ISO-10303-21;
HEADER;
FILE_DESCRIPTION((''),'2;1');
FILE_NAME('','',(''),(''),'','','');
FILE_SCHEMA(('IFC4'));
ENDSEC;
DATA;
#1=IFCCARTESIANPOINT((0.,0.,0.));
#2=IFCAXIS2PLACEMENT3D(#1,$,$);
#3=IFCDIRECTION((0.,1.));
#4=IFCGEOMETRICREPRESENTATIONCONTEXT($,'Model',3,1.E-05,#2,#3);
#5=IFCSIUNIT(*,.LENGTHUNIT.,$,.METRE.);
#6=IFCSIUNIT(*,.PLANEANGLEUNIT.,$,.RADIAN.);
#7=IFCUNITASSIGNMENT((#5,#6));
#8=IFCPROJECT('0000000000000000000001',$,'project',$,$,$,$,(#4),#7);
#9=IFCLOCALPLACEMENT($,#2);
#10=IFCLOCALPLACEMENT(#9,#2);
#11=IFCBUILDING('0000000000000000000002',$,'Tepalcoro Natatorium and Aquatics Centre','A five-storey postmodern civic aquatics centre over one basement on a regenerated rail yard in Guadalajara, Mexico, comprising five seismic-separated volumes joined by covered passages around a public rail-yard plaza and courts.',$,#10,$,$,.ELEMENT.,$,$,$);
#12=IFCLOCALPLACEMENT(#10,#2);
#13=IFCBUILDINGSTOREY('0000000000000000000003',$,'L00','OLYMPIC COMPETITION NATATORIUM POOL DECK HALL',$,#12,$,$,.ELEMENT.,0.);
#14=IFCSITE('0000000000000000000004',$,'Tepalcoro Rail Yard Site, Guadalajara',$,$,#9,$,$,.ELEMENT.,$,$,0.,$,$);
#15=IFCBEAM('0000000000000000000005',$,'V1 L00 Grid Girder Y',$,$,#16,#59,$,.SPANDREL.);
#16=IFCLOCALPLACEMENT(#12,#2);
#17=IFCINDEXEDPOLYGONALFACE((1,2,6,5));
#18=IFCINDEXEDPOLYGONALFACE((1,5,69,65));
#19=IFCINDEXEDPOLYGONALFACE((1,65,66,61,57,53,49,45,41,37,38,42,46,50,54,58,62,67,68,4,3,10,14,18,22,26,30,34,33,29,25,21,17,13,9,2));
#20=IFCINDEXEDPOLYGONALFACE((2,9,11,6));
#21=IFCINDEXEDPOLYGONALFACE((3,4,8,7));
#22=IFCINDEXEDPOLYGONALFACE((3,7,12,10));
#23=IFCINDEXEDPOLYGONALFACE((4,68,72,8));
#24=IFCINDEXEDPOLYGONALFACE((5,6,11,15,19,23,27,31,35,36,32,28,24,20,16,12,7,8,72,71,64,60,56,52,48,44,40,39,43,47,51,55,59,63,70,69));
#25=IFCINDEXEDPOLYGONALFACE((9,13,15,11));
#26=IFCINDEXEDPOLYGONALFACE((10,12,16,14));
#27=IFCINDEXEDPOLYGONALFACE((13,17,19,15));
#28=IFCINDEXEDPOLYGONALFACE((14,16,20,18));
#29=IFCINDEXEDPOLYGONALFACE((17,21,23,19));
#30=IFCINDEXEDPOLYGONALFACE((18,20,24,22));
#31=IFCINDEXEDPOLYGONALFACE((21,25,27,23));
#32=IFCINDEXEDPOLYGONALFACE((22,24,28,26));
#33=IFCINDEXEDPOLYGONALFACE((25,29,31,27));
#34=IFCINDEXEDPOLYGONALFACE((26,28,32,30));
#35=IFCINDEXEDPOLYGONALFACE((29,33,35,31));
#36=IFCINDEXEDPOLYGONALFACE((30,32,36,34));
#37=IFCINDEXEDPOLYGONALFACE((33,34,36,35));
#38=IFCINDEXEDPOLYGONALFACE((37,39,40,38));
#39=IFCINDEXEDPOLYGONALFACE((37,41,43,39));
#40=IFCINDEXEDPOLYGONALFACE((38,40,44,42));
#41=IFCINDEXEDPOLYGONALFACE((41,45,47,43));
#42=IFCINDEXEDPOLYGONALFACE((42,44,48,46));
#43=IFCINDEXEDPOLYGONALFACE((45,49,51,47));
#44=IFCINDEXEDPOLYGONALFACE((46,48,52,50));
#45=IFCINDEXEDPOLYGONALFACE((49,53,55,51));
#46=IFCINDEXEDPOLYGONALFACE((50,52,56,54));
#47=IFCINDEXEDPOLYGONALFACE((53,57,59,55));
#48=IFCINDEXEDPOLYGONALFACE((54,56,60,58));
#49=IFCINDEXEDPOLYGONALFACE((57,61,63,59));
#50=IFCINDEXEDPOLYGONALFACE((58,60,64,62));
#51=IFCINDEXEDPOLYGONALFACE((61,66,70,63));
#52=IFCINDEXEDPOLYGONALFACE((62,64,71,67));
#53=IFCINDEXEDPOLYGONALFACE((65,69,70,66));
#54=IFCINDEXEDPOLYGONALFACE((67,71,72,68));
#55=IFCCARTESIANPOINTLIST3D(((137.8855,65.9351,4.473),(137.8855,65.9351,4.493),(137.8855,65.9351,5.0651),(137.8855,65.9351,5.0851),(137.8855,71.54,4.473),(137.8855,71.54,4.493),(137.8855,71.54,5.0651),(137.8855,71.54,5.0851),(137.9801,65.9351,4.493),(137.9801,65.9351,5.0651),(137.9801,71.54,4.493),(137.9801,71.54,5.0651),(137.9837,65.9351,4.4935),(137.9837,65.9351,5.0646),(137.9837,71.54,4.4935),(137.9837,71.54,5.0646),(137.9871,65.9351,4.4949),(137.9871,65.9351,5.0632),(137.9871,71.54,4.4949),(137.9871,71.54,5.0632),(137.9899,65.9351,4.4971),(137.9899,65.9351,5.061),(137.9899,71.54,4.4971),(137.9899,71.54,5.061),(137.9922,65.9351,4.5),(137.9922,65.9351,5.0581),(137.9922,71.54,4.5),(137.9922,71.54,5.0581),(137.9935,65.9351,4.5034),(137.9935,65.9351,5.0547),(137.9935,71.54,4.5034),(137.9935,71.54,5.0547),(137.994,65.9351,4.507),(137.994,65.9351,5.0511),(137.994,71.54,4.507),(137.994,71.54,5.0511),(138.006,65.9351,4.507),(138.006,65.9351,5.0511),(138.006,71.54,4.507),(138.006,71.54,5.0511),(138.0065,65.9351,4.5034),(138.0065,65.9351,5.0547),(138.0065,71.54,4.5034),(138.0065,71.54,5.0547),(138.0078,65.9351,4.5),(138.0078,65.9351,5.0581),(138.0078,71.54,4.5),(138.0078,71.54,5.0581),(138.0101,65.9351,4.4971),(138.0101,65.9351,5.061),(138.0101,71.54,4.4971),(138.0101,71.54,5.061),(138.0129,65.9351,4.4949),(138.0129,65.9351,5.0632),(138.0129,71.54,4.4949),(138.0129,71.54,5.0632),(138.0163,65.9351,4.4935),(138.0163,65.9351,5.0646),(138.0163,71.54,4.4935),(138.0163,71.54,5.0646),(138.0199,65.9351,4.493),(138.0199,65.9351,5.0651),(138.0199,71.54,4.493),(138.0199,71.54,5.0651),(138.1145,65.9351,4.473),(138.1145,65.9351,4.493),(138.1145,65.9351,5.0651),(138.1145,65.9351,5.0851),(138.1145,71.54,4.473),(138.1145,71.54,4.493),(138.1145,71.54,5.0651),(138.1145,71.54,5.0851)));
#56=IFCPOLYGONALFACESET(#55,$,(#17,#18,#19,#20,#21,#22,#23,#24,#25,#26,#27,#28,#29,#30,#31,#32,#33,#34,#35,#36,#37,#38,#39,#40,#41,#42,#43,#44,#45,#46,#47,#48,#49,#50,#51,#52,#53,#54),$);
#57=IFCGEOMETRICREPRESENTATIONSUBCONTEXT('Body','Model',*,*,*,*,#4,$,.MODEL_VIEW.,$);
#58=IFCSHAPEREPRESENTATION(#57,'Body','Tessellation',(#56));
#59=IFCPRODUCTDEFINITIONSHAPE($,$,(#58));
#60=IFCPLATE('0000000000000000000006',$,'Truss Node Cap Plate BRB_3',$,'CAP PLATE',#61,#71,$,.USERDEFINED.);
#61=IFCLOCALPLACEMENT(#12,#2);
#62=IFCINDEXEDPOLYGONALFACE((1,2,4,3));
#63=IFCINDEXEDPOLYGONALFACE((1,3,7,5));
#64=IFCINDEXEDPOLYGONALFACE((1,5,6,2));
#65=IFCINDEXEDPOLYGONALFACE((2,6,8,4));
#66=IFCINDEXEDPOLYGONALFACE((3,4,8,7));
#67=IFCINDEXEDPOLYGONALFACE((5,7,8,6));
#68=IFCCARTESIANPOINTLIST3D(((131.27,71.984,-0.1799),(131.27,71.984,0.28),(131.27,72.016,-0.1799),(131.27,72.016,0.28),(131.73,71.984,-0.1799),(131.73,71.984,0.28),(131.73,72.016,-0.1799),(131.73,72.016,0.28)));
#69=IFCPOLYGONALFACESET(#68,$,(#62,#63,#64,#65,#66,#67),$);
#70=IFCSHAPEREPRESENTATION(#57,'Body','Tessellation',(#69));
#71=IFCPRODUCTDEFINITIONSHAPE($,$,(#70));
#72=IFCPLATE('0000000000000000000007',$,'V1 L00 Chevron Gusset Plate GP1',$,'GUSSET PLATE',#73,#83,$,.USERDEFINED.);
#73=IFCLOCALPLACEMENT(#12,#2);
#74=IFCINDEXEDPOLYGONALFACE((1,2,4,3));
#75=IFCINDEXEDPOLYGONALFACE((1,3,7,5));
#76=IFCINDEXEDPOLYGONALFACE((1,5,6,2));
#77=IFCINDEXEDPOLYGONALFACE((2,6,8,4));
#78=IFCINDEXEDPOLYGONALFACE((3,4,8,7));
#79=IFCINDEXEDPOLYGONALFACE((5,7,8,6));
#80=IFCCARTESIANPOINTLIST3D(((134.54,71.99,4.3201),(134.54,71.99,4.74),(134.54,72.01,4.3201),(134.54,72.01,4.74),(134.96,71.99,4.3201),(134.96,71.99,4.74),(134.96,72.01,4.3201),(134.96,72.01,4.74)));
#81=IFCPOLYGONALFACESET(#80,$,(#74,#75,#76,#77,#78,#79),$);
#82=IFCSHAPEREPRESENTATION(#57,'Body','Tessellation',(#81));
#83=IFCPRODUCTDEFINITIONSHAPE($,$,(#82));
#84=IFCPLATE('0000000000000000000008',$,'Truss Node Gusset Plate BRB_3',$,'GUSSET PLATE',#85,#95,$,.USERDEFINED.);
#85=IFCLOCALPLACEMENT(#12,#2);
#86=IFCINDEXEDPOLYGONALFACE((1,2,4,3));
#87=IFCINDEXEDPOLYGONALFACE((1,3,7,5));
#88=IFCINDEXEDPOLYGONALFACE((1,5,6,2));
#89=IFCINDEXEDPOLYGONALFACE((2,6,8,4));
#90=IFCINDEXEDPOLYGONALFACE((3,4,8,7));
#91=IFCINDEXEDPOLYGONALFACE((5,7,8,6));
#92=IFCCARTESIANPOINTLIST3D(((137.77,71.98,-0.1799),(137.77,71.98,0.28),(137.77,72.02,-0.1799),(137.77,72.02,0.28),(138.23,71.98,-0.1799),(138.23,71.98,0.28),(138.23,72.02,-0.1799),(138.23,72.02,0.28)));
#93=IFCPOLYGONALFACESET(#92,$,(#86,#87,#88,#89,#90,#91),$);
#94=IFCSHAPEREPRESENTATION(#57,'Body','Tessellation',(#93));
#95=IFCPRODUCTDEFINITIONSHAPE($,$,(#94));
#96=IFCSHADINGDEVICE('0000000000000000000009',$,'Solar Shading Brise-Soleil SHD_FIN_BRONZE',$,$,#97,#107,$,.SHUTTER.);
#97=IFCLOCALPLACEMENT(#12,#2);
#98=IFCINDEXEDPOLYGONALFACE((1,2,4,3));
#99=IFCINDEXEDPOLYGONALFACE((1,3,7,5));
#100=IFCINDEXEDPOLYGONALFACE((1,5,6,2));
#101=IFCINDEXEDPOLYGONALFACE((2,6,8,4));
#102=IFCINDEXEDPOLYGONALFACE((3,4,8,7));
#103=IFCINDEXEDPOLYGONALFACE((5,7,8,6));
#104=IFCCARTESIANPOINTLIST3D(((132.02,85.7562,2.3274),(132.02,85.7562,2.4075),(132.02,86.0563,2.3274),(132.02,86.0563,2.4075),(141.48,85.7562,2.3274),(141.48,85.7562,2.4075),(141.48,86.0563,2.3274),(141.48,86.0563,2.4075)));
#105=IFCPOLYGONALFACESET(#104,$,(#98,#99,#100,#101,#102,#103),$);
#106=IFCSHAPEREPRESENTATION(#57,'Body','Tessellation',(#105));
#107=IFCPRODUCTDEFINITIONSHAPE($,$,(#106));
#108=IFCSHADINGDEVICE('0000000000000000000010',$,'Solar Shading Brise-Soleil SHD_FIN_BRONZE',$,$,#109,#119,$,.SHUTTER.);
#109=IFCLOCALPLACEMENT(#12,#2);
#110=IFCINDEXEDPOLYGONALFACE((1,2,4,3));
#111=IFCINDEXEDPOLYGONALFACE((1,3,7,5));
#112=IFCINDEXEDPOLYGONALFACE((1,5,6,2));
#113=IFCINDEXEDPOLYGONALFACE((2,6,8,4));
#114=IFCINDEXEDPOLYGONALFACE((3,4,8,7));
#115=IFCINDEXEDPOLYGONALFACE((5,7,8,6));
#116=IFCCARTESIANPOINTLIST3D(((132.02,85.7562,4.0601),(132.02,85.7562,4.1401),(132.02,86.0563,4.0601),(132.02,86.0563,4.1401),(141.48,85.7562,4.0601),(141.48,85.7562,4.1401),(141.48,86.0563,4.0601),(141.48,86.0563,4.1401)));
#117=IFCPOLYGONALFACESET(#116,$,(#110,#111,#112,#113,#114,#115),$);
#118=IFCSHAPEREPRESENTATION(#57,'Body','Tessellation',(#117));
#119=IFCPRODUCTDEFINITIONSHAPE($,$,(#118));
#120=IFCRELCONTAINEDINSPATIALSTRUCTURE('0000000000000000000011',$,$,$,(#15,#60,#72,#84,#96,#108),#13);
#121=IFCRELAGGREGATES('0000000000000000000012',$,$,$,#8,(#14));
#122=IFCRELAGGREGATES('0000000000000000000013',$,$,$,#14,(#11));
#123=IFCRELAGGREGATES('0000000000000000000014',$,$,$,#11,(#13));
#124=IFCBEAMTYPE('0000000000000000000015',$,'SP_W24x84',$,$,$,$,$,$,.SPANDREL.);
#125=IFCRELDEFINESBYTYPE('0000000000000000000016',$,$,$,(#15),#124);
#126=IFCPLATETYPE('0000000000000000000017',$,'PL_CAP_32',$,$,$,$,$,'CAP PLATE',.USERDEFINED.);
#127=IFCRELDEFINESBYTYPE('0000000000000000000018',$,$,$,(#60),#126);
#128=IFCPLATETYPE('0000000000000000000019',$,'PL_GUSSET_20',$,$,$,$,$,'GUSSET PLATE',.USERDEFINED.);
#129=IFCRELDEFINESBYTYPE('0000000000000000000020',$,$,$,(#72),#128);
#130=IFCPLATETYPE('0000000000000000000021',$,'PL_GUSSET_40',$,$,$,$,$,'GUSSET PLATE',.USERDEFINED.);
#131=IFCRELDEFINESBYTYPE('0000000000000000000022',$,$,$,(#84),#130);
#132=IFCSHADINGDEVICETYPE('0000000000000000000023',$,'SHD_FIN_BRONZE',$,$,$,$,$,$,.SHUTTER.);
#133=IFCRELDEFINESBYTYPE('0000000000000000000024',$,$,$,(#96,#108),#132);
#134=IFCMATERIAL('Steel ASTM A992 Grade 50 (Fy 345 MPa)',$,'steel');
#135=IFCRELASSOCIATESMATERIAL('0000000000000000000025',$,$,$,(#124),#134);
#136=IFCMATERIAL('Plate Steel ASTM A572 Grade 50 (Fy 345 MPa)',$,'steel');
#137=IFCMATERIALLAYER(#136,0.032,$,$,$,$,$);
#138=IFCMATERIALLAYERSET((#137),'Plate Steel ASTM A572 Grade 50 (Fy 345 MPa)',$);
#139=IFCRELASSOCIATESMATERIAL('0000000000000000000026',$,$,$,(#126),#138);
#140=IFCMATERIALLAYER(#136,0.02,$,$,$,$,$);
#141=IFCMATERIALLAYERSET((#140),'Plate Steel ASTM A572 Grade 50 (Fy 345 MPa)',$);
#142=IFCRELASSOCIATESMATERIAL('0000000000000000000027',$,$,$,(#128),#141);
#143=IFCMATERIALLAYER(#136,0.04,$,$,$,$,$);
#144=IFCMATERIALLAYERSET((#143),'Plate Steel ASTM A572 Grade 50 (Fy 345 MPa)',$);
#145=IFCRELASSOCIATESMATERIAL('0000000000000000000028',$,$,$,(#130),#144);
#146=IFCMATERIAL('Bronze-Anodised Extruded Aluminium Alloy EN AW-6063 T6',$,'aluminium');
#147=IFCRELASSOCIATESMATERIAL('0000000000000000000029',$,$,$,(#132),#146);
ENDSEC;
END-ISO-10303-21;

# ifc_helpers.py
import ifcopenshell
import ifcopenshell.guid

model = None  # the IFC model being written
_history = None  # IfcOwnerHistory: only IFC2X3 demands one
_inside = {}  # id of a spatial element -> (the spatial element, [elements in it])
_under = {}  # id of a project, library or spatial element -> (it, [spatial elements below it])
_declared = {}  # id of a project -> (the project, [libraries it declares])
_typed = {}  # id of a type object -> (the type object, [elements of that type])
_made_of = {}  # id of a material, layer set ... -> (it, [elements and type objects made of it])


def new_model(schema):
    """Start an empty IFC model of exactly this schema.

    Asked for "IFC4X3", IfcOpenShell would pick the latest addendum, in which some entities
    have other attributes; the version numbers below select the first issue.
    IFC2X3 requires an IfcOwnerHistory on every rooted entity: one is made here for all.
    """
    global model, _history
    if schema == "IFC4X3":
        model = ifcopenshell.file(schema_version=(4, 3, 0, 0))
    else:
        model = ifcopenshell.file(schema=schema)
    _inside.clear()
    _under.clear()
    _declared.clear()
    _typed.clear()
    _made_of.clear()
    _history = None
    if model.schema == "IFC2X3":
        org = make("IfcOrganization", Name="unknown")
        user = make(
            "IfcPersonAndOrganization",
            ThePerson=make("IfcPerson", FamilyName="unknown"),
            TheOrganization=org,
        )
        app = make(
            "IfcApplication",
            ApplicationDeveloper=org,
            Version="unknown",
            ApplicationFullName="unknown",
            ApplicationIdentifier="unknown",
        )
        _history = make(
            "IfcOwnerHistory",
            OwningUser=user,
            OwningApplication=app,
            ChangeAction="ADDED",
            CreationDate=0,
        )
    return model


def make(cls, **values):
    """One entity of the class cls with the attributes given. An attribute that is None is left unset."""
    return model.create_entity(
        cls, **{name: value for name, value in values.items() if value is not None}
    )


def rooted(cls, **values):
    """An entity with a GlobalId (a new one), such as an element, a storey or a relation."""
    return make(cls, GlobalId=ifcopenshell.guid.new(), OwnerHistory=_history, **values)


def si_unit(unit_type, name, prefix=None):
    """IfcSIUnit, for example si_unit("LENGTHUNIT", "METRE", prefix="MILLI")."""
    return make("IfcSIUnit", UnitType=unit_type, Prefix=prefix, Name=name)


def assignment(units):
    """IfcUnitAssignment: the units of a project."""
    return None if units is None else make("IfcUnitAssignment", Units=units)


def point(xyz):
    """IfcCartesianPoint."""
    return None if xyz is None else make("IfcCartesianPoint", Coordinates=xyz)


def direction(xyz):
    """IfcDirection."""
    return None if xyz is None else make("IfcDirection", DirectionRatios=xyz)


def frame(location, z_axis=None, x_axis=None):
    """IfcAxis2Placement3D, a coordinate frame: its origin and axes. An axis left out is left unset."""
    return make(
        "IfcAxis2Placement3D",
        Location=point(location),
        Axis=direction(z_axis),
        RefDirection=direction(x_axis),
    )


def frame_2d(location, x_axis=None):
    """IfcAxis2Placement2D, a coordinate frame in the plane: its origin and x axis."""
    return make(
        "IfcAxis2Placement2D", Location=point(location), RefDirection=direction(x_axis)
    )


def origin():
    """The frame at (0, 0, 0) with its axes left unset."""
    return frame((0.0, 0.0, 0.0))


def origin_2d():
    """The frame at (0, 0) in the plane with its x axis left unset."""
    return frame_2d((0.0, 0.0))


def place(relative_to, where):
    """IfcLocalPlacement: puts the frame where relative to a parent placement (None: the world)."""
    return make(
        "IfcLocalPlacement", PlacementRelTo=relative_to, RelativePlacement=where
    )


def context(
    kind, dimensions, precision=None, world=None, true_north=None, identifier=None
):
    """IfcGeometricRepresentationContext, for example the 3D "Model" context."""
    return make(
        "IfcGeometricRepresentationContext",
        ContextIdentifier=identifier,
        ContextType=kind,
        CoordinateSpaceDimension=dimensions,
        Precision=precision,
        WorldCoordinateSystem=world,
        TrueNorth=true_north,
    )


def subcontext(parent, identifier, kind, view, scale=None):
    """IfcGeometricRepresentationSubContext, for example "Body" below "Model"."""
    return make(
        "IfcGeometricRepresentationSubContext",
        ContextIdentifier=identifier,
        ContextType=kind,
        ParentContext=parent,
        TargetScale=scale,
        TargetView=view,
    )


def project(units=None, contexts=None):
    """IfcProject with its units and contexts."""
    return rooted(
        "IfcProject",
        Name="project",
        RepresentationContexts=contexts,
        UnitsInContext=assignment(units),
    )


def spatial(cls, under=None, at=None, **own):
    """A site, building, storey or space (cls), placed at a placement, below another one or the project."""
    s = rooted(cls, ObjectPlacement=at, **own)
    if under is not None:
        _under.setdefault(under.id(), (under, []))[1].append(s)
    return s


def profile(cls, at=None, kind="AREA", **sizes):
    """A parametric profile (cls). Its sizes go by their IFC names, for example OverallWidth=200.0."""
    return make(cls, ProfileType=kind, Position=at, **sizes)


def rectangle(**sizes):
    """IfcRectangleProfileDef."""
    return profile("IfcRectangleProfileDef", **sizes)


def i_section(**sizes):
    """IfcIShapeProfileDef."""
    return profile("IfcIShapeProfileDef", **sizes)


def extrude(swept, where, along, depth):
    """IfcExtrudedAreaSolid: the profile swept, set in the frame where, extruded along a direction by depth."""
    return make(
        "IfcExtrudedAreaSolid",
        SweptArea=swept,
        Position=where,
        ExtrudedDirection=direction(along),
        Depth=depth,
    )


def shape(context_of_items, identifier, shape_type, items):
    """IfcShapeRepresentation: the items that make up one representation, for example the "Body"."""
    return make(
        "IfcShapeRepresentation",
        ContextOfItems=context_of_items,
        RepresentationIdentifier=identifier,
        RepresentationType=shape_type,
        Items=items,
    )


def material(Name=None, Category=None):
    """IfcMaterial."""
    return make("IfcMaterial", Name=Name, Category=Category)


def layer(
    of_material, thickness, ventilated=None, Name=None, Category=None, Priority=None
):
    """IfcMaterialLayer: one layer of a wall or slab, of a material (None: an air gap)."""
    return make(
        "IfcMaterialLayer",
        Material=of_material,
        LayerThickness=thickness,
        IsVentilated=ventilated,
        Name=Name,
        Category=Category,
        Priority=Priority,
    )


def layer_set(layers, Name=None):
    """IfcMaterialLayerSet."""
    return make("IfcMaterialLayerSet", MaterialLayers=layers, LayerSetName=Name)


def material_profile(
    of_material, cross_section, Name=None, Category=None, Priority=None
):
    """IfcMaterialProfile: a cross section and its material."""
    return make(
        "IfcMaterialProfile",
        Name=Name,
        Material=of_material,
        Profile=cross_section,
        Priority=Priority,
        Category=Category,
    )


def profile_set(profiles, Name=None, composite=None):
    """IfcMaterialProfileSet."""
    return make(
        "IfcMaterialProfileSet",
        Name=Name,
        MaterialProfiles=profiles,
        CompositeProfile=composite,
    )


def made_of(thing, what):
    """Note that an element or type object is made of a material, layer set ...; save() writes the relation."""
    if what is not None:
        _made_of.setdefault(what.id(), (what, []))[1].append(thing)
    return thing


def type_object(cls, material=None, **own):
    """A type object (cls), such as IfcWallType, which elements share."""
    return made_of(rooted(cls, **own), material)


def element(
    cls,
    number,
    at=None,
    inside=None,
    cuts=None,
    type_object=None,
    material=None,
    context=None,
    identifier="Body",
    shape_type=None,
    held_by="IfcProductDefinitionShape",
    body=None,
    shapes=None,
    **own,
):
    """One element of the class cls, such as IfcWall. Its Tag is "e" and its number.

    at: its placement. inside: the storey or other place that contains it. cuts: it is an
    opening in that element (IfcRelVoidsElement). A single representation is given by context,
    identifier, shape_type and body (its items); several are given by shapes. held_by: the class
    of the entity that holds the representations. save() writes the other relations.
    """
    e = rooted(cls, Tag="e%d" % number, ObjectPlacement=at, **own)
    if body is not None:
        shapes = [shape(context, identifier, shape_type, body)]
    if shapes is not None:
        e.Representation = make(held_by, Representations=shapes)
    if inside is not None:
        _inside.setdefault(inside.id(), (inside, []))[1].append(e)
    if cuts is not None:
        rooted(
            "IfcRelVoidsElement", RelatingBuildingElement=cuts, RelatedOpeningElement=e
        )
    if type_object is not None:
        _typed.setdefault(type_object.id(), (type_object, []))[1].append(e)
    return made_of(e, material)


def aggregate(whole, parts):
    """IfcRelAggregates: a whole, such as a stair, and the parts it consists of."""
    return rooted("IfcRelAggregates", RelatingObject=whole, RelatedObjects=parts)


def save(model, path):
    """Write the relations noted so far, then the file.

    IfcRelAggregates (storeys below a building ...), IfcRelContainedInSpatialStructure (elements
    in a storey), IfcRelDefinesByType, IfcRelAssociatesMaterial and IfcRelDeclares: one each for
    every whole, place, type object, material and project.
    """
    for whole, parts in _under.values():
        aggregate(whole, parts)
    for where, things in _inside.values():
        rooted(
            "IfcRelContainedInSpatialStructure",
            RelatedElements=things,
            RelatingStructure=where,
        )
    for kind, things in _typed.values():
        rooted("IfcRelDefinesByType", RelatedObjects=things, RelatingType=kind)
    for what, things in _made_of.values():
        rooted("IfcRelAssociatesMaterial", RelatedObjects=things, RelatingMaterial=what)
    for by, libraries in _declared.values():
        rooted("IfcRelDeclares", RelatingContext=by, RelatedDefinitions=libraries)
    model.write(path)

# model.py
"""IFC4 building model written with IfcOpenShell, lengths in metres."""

from ifc_helpers import new_model, si_unit, direction, frame, origin, origin_2d, place, context, subcontext, project, spatial, rectangle, i_section, extrude, material, layer, layer_set, material_profile, profile_set, type_object, element, save


model = new_model("IFC4")

# Units and contexts
model_context = context("Model", 3, precision=1e-05, world=origin(), true_north=direction((0.0, 1.0)))
body_context = subcontext(model_context, "Body", "Model", "MODEL_VIEW")
ifc_project = project(units=[si_unit("LENGTHUNIT", "METRE"), si_unit("PLANEANGLEUNIT", "RADIAN")], contexts=[model_context])

# Site, building, storey
site_placement = place(None, origin())
site = spatial("IfcSite", under=ifc_project, at=site_placement, Name="Tepalcoro Rail Yard Site, Guadalajara", CompositionType="ELEMENT", RefElevation=0.0)
building_placement = place(site_placement, origin())
building = spatial("IfcBuilding", under=site, at=building_placement, Name="Tepalcoro Natatorium and Aquatics Centre", Description="A five-storey postmodern civic aquatics centre over one basement on a regenerated rail yard in Guadalajara, Mexico, comprising five seismic-separated volumes joined by covered passages around a public rail-yard plaza and courts.", CompositionType="ELEMENT")
storey_placement = place(building_placement, origin())
storey = spatial("IfcBuildingStorey", under=building, at=storey_placement, Name="L00", Description="OLYMPIC COMPETITION NATATORIUM POOL DECK HALL", CompositionType="ELEMENT", Elevation=0.0)

# Shared definitions
ifc_material_1 = material(Name="Steel ASTM A992 Grade 50 (Fy 345 MPa)", Category="steel")

# Beam
ifc_material_profile_1 = material_profile(ifc_material_1, i_section(OverallWidth=0.229, OverallDepth=0.6121, WebThickness=0.012, FlangeThickness=0.02, FilletRadius=0.0139, at=origin_2d()), Name="W24X84")
ifc_profile_set_1 = profile_set([ifc_material_profile_1], Name="Steel ASTM A992 Grade 50 (Fy 345 MPa)")
beam_type_1 = type_object("IfcBeamType", Name="SP_W24x84", PredefinedType="SPANDREL", material=ifc_profile_set_1)
beam_1_placement = place(storey_placement, frame((138.0, 65.9351, 4.7791), z_axis=(0.0, 1.0, 0.0), x_axis=(-1.0, 0.0, 0.0)))
element("IfcBeam", 1, at=beam_1_placement, inside=storey, type_object=beam_type_1, Name="V1 L00 Grid Girder Y", PredefinedType="SPANDREL", context=body_context, shape_type="SweptSolid", body=[
    extrude(i_section(OverallWidth=0.229, OverallDepth=0.6121, WebThickness=0.012, FlangeThickness=0.02, FilletRadius=0.0139, at=origin_2d()), origin(), (0.0, 0.0, 1.0), 5.605),
])

# Plates
ifc_material_2 = material(Name="Plate Steel ASTM A572 Grade 50 (Fy 345 MPa)", Category="steel")
ifc_layer_1 = layer(ifc_material_2, 0.032)
ifc_layer_set_1 = layer_set([ifc_layer_1], Name="Plate Steel ASTM A572 Grade 50 (Fy 345 MPa)")
plate_type_1 = type_object("IfcPlateType", Name="PL_CAP_32", ElementType="CAP PLATE", PredefinedType="USERDEFINED", material=ifc_layer_set_1)
plate_1_placement = place(storey_placement, frame((131.5, 72.0, -0.1799), z_axis=(0.0, 0.0, 1.0), x_axis=(1.0, 0.0, 0.0)))
element("IfcPlate", 2, at=plate_1_placement, inside=storey, type_object=plate_type_1, Name="Truss Node Cap Plate BRB_3", ObjectType="CAP PLATE", PredefinedType="USERDEFINED", context=body_context, shape_type="SweptSolid", body=[
    extrude(rectangle(XDim=0.46, YDim=0.032, at=origin_2d()), origin(), (0.0, 0.0, 1.0), 0.46),
])
ifc_layer_2 = layer(ifc_material_2, 0.02)
ifc_layer_set_2 = layer_set([ifc_layer_2], Name="Plate Steel ASTM A572 Grade 50 (Fy 345 MPa)")
plate_type_2 = type_object("IfcPlateType", Name="PL_GUSSET_20", ElementType="GUSSET PLATE", PredefinedType="USERDEFINED", material=ifc_layer_set_2)
plate_2_placement = place(storey_placement, frame((134.75, 72.0, 4.3201), z_axis=(0.0, 0.0, 1.0), x_axis=(1.0, 0.0, 0.0)))
element("IfcPlate", 3, at=plate_2_placement, inside=storey, type_object=plate_type_2, Name="V1 L00 Chevron Gusset Plate GP1", ObjectType="GUSSET PLATE", PredefinedType="USERDEFINED", context=body_context, shape_type="SweptSolid", body=[
    extrude(rectangle(XDim=0.4199, YDim=0.02, at=origin_2d()), origin(), (0.0, 0.0, 1.0), 0.4199),
])
ifc_layer_3 = layer(ifc_material_2, 0.04)
ifc_layer_set_3 = layer_set([ifc_layer_3], Name="Plate Steel ASTM A572 Grade 50 (Fy 345 MPa)")
plate_type_3 = type_object("IfcPlateType", Name="PL_GUSSET_40", ElementType="GUSSET PLATE", PredefinedType="USERDEFINED", material=ifc_layer_set_3)
plate_3_placement = place(storey_placement, frame((138.0, 72.0, -0.1799), z_axis=(0.0, 0.0, 1.0), x_axis=(1.0, 0.0, 0.0)))
element("IfcPlate", 4, at=plate_3_placement, inside=storey, type_object=plate_type_3, Name="Truss Node Gusset Plate BRB_3", ObjectType="GUSSET PLATE", PredefinedType="USERDEFINED", context=body_context, shape_type="SweptSolid", body=[
    extrude(rectangle(XDim=0.46, YDim=0.04, at=origin_2d()), origin(), (0.0, 0.0, 1.0), 0.46),
])

# Shading devices
ifc_material_3 = material(Name="Bronze-Anodised Extruded Aluminium Alloy EN AW-6063 T6", Category="aluminium")
shading_device_type = type_object("IfcShadingDeviceType", Name="SHD_FIN_BRONZE", PredefinedType="SHUTTER", material=ifc_material_3)
for number, where, z_axis, x_axis, name in (
    (5, (136.75, 85.9062, 2.3274), (0.0, 0.0, 1.0), (1.0, 0.0, 0.0), "Solar Shading Brise-Soleil SHD_FIN_BRONZE"),
    (6, (136.75, 85.9062, 4.0601), (0.0, 0.0, 1.0), (1.0, 0.0, 0.0), "Solar Shading Brise-Soleil SHD_FIN_BRONZE"),
):
    element("IfcShadingDevice", number, at=place(storey_placement, frame(where, z_axis=z_axis, x_axis=x_axis)), inside=storey, type_object=shading_device_type, Name=name, PredefinedType="SHUTTER", context=body_context, shape_type="SweptSolid", body=[
        extrude(rectangle(XDim=9.46, YDim=0.3, at=origin_2d()), origin(), (0.0, 0.0, 1.0), 0.0801),
    ])

save(model, "model.ifc")
